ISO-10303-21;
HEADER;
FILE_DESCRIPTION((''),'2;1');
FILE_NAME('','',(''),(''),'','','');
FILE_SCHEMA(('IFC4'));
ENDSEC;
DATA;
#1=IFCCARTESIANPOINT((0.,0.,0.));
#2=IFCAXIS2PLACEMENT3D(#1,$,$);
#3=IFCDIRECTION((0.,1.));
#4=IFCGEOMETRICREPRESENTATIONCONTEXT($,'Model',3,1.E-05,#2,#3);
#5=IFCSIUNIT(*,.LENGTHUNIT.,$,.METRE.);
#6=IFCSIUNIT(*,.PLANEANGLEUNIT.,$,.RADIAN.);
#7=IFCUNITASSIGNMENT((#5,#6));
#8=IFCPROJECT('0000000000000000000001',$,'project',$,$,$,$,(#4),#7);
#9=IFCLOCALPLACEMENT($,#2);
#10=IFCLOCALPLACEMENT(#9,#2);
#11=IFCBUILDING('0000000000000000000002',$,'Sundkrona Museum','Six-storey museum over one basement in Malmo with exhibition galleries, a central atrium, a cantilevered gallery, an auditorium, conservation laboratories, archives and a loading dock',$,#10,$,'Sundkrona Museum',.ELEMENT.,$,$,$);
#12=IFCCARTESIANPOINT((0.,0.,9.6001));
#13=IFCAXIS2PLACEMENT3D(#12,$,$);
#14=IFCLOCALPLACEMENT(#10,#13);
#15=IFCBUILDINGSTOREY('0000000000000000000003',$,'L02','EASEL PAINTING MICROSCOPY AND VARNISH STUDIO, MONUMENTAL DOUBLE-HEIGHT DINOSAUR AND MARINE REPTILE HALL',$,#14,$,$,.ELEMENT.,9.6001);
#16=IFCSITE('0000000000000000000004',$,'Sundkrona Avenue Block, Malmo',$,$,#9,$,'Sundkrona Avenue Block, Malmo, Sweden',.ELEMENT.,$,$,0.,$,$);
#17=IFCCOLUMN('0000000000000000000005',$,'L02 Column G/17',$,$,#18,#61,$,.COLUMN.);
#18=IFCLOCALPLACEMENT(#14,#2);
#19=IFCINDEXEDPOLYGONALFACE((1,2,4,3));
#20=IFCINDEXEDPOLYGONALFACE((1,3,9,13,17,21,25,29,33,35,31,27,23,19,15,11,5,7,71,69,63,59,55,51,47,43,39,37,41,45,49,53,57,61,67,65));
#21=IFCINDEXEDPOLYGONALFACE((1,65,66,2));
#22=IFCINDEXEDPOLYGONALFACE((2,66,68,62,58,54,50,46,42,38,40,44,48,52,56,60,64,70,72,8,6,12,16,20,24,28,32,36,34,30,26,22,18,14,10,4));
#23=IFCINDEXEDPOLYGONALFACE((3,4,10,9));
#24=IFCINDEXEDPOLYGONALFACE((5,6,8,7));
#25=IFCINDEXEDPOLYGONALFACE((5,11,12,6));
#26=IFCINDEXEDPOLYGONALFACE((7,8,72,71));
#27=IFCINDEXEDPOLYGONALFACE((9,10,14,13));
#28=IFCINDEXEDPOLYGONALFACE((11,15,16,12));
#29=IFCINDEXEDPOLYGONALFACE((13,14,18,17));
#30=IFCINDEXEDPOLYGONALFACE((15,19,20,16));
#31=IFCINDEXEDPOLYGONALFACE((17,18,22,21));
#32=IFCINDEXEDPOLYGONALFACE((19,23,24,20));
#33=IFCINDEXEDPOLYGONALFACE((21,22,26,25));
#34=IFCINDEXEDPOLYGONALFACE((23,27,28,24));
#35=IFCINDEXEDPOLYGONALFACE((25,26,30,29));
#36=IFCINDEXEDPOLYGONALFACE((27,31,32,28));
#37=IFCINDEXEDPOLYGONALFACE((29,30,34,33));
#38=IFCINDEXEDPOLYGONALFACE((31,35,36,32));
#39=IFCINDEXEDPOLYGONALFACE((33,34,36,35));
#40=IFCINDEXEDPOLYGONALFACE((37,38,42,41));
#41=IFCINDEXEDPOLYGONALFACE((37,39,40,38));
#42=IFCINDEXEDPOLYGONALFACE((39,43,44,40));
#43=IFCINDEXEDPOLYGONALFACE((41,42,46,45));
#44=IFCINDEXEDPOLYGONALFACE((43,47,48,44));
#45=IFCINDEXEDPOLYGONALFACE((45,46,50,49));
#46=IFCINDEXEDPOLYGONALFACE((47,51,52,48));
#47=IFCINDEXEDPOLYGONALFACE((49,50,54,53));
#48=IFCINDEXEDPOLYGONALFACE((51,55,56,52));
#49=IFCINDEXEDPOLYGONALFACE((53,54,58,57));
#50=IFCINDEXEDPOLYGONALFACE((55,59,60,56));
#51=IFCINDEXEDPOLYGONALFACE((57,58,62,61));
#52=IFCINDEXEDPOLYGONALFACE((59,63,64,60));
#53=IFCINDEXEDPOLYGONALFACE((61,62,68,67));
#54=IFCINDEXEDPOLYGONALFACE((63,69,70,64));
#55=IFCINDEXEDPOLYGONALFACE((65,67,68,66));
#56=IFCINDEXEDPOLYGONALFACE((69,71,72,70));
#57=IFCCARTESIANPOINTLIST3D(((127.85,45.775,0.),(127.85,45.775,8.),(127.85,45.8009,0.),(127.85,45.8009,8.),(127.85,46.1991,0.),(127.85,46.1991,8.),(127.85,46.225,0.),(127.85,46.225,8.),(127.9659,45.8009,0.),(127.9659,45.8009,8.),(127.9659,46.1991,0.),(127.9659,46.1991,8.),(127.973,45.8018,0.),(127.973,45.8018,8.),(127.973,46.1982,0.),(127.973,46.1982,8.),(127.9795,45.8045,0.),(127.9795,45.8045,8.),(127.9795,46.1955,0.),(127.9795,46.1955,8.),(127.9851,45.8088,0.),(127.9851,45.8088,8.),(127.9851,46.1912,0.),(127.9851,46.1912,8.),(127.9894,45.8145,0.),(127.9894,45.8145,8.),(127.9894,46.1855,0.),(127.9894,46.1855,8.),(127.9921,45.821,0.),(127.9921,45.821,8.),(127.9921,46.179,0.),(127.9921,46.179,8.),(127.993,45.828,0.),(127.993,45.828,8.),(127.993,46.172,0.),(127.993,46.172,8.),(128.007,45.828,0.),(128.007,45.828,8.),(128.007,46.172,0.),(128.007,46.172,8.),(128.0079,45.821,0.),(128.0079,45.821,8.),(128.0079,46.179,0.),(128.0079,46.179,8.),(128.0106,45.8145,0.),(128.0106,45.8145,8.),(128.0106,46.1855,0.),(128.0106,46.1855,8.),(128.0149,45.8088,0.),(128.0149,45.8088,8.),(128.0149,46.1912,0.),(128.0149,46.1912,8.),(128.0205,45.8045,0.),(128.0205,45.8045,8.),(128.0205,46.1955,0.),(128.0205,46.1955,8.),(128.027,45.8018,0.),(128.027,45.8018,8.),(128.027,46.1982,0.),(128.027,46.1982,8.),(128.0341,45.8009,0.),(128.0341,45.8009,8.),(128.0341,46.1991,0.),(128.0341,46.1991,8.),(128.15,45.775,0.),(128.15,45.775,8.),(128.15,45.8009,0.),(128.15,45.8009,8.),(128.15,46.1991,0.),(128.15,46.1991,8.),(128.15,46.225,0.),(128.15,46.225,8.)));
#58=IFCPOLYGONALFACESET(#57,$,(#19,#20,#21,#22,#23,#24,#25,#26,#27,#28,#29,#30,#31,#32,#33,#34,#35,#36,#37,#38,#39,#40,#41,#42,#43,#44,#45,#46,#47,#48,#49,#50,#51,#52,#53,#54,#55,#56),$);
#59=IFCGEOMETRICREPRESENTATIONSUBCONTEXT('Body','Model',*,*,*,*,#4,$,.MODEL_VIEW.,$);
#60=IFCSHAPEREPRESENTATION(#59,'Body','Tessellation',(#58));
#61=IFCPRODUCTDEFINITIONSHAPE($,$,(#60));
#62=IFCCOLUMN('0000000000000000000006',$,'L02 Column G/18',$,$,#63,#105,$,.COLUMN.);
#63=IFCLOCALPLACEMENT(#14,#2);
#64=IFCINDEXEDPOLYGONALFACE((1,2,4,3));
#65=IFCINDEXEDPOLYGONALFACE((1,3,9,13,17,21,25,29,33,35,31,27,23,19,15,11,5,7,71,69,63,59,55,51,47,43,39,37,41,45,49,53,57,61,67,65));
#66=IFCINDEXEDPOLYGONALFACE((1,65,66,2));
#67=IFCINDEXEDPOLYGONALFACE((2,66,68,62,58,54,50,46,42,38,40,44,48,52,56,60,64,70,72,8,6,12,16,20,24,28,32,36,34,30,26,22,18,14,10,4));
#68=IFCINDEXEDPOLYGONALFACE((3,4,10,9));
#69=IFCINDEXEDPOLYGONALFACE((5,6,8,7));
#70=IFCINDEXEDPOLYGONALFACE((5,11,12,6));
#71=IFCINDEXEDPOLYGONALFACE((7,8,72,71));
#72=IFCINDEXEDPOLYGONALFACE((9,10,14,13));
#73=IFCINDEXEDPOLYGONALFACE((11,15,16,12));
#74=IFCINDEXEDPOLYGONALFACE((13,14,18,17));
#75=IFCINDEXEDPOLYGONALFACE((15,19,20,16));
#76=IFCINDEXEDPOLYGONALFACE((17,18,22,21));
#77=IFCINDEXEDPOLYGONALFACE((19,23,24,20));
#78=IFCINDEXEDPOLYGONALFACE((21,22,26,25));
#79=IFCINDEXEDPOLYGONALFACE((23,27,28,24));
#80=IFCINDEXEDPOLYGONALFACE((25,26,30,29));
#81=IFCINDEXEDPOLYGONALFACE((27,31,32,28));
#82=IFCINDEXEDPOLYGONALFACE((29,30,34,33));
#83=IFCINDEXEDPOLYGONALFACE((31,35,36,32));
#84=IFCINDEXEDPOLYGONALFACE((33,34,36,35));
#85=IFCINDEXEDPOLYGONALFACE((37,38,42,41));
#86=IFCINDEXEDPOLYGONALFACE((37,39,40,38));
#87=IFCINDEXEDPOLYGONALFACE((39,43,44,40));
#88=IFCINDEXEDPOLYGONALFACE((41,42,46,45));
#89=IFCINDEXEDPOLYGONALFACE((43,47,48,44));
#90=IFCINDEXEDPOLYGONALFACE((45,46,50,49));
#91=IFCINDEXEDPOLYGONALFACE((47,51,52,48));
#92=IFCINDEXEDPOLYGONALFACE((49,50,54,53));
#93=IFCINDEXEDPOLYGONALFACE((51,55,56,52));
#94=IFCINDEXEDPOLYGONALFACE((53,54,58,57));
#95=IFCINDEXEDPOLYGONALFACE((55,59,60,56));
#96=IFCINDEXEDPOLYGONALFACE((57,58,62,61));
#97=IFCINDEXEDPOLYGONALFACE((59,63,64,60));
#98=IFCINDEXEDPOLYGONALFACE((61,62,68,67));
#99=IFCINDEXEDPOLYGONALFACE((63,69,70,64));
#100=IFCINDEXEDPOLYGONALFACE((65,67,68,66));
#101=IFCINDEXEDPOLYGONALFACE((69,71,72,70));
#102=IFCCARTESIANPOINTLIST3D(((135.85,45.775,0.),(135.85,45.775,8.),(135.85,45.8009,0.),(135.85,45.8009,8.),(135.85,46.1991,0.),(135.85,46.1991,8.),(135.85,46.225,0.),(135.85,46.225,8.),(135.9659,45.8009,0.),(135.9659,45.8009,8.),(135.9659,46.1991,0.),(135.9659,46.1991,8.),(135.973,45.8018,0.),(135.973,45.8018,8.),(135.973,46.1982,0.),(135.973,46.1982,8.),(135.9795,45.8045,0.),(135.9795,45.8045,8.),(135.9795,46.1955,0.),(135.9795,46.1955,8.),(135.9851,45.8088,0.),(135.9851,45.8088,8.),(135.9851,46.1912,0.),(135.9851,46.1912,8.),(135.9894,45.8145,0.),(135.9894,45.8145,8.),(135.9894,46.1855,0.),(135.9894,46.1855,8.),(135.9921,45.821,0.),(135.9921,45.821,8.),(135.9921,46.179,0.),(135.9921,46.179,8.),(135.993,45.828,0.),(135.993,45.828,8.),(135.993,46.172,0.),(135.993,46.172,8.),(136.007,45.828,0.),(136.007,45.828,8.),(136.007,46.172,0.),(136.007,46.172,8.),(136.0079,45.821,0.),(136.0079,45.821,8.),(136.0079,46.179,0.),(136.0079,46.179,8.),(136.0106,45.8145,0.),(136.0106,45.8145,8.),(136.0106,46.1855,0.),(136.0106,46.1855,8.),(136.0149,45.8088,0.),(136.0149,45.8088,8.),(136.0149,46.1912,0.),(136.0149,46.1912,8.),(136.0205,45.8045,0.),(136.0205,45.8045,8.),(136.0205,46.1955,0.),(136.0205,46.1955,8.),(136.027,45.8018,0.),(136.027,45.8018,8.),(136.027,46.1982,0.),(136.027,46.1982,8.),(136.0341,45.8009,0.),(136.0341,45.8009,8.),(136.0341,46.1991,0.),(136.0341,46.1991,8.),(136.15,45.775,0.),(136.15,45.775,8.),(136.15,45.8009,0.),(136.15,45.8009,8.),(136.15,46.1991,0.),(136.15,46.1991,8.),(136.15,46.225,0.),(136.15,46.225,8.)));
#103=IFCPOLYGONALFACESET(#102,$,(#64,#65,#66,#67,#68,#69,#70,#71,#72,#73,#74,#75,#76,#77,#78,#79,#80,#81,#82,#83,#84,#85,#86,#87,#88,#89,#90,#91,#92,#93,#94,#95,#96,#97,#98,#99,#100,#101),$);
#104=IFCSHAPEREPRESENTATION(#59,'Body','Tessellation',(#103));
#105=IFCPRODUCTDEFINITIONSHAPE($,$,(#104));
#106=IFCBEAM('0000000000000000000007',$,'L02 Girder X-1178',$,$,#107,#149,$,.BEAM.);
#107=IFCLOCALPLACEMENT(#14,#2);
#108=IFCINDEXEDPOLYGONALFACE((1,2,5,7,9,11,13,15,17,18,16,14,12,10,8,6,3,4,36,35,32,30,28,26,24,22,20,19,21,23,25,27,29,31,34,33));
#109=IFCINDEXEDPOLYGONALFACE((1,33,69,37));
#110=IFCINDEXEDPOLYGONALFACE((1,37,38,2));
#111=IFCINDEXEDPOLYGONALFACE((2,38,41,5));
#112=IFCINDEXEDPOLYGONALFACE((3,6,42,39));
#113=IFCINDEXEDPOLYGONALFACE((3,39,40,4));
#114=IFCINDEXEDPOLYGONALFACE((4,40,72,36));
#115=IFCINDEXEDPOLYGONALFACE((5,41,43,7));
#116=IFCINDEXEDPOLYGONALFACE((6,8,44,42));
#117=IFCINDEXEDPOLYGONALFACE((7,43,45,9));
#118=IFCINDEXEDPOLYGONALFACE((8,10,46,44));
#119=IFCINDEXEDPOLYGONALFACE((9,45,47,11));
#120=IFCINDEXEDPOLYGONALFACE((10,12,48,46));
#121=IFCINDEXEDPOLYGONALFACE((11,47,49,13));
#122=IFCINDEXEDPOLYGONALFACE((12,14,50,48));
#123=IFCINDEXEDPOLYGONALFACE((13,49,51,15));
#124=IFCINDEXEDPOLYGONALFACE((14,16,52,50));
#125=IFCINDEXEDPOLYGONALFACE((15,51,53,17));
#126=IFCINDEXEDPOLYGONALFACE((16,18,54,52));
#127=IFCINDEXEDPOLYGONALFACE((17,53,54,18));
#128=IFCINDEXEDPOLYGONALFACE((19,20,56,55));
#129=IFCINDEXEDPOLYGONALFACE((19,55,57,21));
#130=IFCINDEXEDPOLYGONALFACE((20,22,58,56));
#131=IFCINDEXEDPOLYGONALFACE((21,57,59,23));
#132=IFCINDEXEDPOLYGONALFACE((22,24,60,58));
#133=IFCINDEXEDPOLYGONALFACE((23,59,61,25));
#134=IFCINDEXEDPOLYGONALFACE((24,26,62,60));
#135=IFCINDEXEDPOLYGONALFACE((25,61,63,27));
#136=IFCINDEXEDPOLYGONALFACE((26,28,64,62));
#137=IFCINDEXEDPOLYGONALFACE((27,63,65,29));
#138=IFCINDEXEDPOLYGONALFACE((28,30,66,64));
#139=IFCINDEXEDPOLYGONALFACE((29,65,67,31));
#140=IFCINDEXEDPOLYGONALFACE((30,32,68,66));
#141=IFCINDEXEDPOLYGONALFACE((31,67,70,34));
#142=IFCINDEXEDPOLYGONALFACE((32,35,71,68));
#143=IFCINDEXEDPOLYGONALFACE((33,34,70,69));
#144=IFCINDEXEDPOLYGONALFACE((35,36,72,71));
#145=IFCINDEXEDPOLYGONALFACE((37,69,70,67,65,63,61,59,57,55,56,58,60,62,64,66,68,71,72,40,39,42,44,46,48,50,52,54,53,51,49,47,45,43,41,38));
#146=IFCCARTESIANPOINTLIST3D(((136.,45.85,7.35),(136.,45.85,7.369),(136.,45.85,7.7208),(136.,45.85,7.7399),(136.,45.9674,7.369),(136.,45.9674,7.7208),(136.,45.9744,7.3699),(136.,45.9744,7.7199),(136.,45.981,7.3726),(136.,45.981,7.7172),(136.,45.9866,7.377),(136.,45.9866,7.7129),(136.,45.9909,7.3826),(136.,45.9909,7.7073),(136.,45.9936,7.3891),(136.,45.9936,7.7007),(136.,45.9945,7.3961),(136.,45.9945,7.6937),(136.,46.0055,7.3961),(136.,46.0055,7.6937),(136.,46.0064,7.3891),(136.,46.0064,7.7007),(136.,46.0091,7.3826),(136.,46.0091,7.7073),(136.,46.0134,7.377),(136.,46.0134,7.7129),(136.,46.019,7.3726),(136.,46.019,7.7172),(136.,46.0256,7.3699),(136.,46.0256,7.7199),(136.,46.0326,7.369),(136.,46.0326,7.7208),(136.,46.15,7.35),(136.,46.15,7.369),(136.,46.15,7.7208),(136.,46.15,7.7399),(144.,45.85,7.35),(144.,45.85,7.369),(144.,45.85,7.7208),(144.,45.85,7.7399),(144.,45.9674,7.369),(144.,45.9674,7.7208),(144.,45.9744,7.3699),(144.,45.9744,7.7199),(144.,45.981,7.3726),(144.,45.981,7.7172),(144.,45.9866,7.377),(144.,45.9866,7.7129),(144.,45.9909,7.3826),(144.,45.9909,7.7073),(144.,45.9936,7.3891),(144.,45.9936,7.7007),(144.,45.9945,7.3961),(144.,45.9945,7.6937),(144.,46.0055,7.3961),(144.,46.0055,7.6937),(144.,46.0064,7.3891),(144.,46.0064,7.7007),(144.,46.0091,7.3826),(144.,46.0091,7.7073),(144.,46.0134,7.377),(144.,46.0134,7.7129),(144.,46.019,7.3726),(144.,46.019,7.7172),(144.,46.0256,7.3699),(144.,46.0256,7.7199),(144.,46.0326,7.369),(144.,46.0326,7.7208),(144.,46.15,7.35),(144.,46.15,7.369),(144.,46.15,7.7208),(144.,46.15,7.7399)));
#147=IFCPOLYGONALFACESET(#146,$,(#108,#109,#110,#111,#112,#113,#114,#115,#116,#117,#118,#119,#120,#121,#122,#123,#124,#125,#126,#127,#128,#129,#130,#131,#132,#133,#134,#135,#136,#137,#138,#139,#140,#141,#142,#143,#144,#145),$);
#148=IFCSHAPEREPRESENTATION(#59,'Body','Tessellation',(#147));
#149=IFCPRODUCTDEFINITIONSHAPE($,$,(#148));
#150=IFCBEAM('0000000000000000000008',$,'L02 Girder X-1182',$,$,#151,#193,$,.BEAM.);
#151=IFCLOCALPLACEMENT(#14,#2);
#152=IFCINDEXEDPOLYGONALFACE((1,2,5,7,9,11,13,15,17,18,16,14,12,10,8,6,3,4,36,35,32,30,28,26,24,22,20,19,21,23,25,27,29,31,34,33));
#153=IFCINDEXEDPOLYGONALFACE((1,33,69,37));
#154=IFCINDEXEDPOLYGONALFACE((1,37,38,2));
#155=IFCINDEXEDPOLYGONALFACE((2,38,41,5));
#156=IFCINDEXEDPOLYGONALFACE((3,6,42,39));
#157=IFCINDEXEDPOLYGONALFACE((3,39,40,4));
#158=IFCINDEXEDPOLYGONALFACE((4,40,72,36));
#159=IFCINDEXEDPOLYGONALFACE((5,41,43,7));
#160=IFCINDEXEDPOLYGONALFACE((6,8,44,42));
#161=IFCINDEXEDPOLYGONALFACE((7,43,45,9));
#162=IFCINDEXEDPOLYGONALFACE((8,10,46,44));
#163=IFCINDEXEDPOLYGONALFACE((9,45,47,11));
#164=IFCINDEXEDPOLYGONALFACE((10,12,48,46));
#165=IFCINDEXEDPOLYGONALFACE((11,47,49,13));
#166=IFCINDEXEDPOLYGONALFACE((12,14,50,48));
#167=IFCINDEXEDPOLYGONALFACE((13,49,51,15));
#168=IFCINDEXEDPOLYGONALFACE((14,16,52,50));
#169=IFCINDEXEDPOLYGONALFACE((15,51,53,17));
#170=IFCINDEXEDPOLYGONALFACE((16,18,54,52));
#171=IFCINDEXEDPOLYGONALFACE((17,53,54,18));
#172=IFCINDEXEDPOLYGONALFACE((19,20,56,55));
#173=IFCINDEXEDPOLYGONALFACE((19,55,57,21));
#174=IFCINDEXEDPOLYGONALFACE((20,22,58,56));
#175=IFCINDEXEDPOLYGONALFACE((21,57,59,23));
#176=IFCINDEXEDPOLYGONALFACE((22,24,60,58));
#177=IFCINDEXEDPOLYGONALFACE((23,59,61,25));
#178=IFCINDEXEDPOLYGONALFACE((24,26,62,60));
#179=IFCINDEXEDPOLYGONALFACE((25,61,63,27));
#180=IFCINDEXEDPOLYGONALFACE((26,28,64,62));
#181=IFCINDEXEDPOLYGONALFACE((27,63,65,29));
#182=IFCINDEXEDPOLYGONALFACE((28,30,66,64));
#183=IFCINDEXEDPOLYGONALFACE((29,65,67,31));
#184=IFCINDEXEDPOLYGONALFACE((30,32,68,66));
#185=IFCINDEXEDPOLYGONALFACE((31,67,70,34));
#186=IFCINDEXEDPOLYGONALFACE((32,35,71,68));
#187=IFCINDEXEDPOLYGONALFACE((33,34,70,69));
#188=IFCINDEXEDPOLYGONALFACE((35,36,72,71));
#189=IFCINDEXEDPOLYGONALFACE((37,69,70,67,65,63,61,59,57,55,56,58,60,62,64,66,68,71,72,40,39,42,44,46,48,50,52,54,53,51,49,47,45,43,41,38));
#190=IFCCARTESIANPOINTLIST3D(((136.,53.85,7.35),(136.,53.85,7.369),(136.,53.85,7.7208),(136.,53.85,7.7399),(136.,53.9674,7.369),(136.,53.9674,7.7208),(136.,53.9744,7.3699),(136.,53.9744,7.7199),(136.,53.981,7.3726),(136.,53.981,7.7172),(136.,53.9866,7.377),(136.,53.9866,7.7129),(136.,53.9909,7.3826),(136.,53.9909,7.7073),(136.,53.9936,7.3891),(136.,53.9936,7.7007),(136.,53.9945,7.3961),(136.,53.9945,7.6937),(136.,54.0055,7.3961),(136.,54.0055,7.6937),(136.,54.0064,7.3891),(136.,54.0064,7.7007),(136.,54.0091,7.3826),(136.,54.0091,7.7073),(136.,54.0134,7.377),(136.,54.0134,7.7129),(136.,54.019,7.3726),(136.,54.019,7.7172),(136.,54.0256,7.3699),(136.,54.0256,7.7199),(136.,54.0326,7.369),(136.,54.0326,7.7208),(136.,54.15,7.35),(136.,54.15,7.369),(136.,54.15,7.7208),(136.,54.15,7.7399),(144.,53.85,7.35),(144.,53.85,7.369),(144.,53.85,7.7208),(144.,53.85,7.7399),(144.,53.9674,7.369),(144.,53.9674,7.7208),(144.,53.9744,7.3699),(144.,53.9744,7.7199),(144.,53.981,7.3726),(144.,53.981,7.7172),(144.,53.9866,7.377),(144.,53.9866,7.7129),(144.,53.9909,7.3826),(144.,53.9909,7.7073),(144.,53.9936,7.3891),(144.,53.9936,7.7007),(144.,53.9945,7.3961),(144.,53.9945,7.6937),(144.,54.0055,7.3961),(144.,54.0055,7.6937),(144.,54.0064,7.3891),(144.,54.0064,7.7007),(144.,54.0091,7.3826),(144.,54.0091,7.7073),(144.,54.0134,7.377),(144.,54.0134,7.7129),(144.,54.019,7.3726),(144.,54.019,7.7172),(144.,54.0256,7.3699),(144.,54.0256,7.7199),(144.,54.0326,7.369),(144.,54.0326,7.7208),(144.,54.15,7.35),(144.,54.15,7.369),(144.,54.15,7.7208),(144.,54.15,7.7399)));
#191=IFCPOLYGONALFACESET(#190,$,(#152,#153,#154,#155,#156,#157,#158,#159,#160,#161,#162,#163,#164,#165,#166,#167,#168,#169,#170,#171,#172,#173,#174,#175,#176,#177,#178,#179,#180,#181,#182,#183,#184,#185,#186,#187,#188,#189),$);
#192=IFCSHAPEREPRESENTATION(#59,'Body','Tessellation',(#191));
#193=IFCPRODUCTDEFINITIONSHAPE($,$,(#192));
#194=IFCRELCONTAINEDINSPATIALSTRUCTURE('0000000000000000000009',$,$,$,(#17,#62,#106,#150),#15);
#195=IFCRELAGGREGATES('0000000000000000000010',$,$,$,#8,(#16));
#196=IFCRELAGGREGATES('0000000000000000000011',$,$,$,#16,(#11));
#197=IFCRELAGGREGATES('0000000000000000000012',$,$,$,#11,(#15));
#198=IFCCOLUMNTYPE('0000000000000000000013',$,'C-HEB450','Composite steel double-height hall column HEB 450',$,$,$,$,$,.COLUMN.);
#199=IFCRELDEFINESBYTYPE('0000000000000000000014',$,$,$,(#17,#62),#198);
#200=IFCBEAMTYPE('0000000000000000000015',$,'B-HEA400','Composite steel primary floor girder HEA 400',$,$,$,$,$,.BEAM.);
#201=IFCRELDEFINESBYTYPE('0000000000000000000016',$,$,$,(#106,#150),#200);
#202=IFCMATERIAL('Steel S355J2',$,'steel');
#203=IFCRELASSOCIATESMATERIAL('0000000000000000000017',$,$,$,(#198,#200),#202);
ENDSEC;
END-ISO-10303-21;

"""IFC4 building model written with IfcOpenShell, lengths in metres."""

from ifc_helpers import new_model, si_unit, direction, frame, origin, origin_2d, place, context, subcontext, project, spatial, i_section, extrude, material, material_profile, profile_set, type_object, element, save


model = new_model("IFC4")

# Units and contexts
model_context = context("Model", 3, precision=1e-05, world=origin(), true_north=direction((0.0, 1.0)))
body_context = subcontext(model_context, "Body", "Model", "MODEL_VIEW")
ifc_project = project(units=[si_unit("LENGTHUNIT", "METRE"), si_unit("PLANEANGLEUNIT", "RADIAN")], contexts=[model_context])

# Site, building, storey
site_placement = place(None, origin())
site = spatial("IfcSite", under=ifc_project, at=site_placement, Name="Sundkrona Avenue Block, Malmo", LongName="Sundkrona Avenue Block, Malmo, Sweden", CompositionType="ELEMENT", RefElevation=0.0)
building_placement = place(site_placement, origin())
building = spatial("IfcBuilding", under=site, at=building_placement, Name="Sundkrona Museum", Description="Six-storey museum over one basement in Malmo with exhibition galleries, a central atrium, a cantilevered gallery, an auditorium, conservation laboratories, archives and a loading dock", LongName="Sundkrona Museum", CompositionType="ELEMENT")
storey_placement = place(building_placement, frame((0.0, 0.0, 9.6001)))
storey = spatial("IfcBuildingStorey", under=building, at=storey_placement, Name="L02", Description="EASEL PAINTING MICROSCOPY AND VARNISH STUDIO, MONUMENTAL DOUBLE-HEIGHT DINOSAUR AND MARINE REPTILE HALL", CompositionType="ELEMENT", Elevation=9.6001)

# Columns
ifc_material_1 = material(Name="Steel S355J2", Category="steel")
ifc_material_profile_1 = material_profile(ifc_material_1, i_section(OverallWidth=0.3, OverallDepth=0.45, WebThickness=0.0139, FlangeThickness=0.0259, FilletRadius=0.0271, at=origin_2d()), Name="HEB 450")
ifc_profile_set_1 = profile_set([ifc_material_profile_1], Name="Steel S355J2")
column_type_1 = type_object("IfcColumnType", Name="C-HEB450", Description="Composite steel double-height hall column HEB 450", PredefinedType="COLUMN", material=ifc_profile_set_1)
for number, where, z_axis, x_axis, name in (
    (1, (128.0, 46.0, 0.0), (0.0, 0.0, 1.0), (1.0, 0.0, 0.0), "L02 Column G/17"),
    (2, (136.0, 46.0, 0.0), (0.0, 0.0, 1.0), (1.0, 0.0, 0.0), "L02 Column G/18"),
):
    element("IfcColumn", number, at=place(storey_placement, frame(where, z_axis=z_axis, x_axis=x_axis)), inside=storey, type_object=column_type_1, Name=name, PredefinedType="COLUMN", context=body_context, shape_type="SweptSolid", body=[
        extrude(i_section(OverallWidth=0.3, OverallDepth=0.45, WebThickness=0.0139, FlangeThickness=0.0259, FilletRadius=0.0271, at=origin_2d()), origin(), (0.0, 0.0, 1.0), 8.0),
    ])

# Beams
ifc_material_profile_2 = material_profile(ifc_material_1, i_section(OverallWidth=0.3, OverallDepth=0.3899, WebThickness=0.011, FlangeThickness=0.019, FilletRadius=0.0271, at=origin_2d()), Name="HEA 400")
ifc_profile_set_2 = profile_set([ifc_material_profile_2], Name="Steel S355J2")
beam_type_1 = type_object("IfcBeamType", Name="B-HEA400", Description="Composite steel primary floor girder HEA 400", PredefinedType="BEAM", material=ifc_profile_set_2)
for number, where, z_axis, x_axis, name in (
    (3, (136.0, 46.0, 7.5449), (1.0, 0.0, 0.0), (0.0, 1.0, 0.0), "L02 Girder X-1178"),
    (4, (136.0, 54.0, 7.5449), (1.0, 0.0, 0.0), (0.0, 1.0, 0.0), "L02 Girder X-1182"),
):
    element("IfcBeam", number, at=place(storey_placement, frame(where, z_axis=z_axis, x_axis=x_axis)), inside=storey, type_object=beam_type_1, Name=name, PredefinedType="BEAM", context=body_context, shape_type="SweptSolid", body=[
        extrude(i_section(OverallWidth=0.3, OverallDepth=0.3899, WebThickness=0.011, FlangeThickness=0.019, FilletRadius=0.0271, at=origin_2d()), origin(), (0.0, 0.0, 1.0), 8.0),
    ])

save(model, "model.ifc")
